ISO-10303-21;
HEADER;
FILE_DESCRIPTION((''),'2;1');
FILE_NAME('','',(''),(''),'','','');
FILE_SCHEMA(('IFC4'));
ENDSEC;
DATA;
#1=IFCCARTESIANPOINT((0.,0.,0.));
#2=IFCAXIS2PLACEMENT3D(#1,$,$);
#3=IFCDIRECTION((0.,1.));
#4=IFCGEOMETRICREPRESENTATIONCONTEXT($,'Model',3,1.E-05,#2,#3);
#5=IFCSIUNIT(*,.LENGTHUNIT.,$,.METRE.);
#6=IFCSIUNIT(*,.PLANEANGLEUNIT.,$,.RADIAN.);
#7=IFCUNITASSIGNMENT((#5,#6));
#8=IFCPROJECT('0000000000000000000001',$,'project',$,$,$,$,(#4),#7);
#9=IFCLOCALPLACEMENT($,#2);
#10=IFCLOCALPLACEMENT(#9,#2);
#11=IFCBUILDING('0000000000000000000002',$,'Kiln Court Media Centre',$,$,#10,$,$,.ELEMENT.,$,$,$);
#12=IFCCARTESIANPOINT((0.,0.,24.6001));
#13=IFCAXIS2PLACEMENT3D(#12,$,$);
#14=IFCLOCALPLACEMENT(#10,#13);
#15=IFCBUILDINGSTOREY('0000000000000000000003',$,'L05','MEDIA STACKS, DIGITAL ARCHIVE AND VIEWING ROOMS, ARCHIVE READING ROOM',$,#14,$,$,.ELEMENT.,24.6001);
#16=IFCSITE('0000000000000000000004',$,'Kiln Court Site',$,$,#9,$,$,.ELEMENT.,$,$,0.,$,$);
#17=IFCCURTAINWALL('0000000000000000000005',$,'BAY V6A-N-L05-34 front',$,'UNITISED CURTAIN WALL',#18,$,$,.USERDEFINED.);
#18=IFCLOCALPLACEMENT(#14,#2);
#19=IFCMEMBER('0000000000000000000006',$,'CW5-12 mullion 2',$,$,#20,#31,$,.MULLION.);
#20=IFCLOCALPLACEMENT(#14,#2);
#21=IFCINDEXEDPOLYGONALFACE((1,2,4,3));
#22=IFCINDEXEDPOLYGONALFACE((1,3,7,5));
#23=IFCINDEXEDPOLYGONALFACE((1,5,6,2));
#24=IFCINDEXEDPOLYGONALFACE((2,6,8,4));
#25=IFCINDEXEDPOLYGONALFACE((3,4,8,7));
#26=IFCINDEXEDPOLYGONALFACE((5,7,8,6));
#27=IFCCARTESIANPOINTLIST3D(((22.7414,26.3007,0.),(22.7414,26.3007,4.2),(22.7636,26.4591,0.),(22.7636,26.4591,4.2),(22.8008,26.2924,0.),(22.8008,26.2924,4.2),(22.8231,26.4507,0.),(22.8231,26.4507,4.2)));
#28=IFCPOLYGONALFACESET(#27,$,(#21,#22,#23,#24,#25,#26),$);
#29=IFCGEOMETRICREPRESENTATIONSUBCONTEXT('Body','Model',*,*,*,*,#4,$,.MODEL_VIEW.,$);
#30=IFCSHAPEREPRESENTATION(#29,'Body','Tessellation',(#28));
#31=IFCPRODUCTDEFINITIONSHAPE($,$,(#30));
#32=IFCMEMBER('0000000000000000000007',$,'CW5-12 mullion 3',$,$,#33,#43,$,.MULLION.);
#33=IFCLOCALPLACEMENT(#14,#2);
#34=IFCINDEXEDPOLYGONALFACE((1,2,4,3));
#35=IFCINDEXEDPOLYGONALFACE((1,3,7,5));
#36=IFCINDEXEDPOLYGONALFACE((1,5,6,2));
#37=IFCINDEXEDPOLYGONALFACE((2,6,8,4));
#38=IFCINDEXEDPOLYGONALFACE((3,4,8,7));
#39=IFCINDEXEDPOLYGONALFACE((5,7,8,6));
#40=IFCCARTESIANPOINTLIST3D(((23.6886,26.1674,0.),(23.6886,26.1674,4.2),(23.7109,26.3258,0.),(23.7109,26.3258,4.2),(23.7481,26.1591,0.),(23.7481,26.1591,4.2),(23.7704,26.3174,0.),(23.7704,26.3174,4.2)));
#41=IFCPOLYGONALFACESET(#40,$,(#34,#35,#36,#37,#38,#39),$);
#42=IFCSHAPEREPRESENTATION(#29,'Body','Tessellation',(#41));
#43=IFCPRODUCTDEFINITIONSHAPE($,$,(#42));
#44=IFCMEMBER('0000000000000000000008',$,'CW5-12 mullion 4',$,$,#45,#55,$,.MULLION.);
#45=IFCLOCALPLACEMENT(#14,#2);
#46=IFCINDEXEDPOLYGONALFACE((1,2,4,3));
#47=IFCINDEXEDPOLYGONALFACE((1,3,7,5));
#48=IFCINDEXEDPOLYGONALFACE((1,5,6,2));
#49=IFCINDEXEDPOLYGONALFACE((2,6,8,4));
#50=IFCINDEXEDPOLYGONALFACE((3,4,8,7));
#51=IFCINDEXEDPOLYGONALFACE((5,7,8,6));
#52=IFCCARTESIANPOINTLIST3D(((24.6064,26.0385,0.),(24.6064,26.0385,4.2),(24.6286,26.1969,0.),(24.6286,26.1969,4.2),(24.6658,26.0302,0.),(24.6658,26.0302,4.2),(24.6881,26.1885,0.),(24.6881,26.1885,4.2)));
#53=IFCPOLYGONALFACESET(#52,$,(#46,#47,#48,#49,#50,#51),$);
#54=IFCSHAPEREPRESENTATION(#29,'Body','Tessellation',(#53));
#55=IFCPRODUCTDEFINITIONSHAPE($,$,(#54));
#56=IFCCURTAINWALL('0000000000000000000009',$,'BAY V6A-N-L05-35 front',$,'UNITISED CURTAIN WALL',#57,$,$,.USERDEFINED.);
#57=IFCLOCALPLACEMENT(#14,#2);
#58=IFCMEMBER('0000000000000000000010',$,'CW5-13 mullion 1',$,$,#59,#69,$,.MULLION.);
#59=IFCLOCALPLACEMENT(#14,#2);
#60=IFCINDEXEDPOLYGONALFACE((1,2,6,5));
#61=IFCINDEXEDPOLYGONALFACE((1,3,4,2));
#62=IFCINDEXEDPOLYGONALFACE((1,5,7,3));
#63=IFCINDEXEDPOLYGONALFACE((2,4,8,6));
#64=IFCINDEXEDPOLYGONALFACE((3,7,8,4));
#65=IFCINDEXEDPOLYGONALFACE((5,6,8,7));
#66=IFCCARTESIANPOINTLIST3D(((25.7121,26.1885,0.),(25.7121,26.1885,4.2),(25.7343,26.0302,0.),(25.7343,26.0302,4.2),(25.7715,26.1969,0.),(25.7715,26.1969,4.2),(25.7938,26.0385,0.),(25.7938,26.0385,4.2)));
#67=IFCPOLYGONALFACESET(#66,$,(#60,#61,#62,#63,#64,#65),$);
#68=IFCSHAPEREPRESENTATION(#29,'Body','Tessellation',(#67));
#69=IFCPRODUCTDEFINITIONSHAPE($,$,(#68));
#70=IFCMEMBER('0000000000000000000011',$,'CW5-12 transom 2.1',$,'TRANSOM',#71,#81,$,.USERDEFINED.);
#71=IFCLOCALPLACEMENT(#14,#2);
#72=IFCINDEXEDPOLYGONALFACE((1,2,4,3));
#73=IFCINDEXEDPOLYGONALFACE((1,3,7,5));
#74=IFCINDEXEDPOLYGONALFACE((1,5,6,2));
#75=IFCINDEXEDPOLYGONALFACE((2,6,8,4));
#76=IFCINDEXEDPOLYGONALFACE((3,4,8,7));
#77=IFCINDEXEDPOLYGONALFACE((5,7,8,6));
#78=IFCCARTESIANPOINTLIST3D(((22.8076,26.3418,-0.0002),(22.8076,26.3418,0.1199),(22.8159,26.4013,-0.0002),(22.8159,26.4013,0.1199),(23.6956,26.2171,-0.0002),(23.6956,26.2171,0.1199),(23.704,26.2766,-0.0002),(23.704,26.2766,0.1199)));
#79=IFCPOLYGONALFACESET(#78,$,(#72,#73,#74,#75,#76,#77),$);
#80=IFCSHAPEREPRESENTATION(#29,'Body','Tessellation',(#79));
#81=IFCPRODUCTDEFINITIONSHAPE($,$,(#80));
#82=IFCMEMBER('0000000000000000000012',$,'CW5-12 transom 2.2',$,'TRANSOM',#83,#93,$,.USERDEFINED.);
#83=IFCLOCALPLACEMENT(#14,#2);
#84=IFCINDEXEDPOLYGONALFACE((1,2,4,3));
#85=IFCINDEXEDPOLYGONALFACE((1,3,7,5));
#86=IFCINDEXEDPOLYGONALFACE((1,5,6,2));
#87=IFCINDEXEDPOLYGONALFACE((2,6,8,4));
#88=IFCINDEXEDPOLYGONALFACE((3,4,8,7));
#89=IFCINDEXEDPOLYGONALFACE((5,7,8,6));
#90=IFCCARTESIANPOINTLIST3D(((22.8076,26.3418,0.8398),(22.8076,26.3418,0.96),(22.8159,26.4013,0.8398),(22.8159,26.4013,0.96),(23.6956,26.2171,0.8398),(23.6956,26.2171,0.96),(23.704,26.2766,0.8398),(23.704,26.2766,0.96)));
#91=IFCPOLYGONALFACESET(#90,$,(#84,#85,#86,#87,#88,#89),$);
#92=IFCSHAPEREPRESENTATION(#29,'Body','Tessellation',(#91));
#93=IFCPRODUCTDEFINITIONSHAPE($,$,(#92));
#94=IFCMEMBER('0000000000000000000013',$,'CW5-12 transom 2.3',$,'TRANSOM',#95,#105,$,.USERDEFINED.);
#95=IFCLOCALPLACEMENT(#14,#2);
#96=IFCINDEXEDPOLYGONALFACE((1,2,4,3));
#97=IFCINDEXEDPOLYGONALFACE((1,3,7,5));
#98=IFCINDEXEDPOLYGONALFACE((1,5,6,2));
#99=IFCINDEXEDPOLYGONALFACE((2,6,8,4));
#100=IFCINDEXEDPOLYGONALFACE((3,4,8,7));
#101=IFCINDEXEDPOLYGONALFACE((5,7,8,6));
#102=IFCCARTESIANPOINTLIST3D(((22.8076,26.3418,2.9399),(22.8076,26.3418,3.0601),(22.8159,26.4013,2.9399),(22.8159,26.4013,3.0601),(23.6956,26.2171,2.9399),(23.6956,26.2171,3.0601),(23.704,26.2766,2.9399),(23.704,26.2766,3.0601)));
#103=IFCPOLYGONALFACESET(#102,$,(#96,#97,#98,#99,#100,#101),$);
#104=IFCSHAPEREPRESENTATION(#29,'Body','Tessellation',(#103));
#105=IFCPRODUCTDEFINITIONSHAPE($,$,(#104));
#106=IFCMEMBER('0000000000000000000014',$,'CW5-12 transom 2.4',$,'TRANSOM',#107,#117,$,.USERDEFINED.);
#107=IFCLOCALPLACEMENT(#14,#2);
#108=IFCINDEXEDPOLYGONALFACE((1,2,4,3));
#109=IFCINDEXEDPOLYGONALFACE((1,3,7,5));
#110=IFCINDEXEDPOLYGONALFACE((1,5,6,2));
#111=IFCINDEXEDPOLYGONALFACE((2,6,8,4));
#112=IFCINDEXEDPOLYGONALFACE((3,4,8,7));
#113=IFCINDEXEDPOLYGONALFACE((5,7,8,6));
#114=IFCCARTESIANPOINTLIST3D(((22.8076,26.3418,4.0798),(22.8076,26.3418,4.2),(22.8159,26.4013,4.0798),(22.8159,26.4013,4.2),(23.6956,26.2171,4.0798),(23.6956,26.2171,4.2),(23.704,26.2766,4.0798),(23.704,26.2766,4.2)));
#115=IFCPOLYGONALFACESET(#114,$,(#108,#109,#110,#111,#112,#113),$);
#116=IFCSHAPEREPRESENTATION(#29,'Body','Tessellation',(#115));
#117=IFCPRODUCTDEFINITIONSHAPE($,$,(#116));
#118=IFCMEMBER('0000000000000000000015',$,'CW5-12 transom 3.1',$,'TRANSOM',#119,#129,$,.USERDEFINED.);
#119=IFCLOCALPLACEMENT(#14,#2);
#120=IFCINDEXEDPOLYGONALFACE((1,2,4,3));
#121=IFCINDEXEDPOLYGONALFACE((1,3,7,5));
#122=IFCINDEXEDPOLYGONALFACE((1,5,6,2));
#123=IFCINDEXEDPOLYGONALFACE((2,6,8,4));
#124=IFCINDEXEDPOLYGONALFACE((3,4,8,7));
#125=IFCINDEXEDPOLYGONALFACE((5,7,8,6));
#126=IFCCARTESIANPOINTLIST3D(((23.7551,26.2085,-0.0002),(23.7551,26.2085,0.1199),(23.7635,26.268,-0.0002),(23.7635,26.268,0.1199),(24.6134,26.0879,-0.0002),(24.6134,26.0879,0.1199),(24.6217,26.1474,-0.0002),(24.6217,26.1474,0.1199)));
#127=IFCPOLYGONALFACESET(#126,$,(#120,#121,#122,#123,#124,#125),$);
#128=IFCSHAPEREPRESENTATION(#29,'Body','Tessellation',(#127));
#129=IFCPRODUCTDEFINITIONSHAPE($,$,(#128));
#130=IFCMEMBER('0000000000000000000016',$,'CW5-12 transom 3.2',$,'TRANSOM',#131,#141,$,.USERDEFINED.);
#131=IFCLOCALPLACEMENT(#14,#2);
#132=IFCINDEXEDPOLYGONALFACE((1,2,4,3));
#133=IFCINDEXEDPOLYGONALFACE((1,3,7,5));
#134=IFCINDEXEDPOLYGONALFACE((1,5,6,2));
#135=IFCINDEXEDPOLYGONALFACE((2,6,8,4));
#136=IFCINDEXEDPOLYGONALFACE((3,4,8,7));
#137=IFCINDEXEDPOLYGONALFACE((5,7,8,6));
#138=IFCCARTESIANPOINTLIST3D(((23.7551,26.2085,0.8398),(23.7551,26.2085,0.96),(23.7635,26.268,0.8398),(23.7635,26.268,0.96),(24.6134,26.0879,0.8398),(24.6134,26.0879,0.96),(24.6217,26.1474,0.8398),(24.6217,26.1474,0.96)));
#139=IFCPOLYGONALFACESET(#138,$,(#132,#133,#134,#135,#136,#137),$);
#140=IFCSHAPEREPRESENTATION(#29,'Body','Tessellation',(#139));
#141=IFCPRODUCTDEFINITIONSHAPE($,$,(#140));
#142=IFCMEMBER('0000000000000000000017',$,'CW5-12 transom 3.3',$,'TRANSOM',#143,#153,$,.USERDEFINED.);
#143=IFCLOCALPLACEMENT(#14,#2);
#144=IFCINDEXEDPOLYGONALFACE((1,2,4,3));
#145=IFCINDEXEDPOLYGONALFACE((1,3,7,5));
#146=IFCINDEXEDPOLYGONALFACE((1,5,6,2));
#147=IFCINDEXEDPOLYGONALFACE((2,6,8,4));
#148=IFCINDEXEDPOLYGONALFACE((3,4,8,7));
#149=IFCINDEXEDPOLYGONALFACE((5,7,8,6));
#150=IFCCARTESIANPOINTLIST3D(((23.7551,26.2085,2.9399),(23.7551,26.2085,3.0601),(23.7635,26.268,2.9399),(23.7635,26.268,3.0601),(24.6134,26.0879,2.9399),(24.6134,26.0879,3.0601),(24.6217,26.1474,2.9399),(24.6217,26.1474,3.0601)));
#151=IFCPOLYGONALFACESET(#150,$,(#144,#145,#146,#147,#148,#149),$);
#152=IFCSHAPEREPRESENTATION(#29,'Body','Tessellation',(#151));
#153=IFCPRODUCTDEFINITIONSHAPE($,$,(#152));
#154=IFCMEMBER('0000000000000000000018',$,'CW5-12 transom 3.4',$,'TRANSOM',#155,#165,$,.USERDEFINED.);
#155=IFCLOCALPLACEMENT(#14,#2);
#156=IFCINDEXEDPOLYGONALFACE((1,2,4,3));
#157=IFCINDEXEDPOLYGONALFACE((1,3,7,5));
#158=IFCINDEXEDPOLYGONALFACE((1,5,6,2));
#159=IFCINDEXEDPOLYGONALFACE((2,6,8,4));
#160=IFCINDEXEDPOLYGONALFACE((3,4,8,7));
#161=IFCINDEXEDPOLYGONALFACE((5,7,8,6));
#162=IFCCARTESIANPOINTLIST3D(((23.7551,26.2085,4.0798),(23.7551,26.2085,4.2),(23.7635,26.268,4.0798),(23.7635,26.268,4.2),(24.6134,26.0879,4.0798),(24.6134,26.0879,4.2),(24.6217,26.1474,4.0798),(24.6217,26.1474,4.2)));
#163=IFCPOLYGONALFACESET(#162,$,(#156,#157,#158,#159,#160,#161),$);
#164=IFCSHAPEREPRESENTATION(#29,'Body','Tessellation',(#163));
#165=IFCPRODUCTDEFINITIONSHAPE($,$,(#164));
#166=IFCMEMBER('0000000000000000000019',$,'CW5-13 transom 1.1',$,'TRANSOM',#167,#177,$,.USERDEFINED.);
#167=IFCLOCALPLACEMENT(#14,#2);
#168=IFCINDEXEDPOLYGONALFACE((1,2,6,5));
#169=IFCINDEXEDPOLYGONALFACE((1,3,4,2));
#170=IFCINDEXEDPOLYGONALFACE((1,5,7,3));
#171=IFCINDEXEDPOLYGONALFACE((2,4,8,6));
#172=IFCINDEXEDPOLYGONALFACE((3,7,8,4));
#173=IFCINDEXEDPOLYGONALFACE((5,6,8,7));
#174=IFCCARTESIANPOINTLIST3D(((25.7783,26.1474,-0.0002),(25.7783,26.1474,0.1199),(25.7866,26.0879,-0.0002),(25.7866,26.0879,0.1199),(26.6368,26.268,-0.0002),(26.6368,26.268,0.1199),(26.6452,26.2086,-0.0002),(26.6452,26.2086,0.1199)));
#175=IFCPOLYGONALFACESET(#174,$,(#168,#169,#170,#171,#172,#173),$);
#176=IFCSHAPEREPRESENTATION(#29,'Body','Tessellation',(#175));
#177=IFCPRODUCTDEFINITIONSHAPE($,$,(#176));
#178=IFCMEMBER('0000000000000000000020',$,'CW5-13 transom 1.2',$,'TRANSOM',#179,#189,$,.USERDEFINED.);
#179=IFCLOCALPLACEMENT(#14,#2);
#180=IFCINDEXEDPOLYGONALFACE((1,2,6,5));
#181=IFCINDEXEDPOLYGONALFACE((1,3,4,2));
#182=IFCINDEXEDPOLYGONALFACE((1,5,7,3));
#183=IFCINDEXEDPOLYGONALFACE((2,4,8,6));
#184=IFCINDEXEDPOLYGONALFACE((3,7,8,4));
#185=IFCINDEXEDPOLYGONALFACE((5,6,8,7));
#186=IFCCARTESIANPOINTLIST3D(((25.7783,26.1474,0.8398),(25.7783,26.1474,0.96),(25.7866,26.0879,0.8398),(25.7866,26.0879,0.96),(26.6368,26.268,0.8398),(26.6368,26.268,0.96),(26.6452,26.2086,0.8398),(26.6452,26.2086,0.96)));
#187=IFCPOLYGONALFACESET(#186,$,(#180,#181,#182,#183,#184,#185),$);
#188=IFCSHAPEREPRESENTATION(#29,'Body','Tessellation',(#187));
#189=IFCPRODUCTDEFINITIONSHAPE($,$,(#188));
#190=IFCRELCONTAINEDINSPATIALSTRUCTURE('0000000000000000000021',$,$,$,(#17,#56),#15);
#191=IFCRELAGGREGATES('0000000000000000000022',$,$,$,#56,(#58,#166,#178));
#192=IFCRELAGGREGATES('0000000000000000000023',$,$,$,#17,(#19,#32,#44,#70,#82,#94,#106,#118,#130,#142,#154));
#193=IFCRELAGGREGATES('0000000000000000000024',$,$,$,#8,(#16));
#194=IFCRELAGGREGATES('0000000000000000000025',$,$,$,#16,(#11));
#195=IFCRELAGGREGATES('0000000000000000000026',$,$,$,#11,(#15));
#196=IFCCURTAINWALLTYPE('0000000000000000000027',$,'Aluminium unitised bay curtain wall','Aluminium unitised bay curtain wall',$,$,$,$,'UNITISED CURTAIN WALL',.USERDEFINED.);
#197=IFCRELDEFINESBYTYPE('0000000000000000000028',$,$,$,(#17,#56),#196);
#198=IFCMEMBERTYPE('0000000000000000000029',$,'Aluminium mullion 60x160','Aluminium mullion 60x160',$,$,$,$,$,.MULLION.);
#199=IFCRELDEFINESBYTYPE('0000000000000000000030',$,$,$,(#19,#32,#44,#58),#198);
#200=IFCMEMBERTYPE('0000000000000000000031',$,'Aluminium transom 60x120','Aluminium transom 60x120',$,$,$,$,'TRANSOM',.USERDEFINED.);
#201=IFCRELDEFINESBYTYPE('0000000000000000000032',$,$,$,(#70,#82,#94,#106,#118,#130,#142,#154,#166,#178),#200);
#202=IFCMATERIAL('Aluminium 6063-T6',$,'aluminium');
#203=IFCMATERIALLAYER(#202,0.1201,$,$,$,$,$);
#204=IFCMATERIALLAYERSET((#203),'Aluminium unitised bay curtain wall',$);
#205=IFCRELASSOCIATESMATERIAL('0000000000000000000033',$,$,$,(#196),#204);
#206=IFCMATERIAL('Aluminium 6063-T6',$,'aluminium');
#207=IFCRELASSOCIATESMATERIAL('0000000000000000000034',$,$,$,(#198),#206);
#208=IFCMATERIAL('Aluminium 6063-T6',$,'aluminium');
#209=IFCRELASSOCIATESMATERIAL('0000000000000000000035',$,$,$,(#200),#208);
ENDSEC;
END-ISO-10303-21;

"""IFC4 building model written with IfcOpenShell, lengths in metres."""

from ifc_helpers import new_model, si_unit, direction, frame, origin, origin_2d, place, context, subcontext, project, spatial, rectangle, extrude, material, layer, layer_set, material_profile, profile_set, type_object, element, aggregate, save


model = new_model("IFC4")

# Units and contexts
model_context = context("Model", 3, precision=1e-05, world=origin(), true_north=direction((0.0, 1.0)))
body_context = subcontext(model_context, "Body", "Model", "MODEL_VIEW")
ifc_project = project(units=[si_unit("LENGTHUNIT", "METRE"), si_unit("PLANEANGLEUNIT", "RADIAN")], contexts=[model_context])

# Site, building, storey
site_placement = place(None, origin())
site = spatial("IfcSite", under=ifc_project, at=site_placement, Name="Kiln Court Site", CompositionType="ELEMENT", RefElevation=0.0)
building_placement = place(site_placement, origin())
building = spatial("IfcBuilding", under=site, at=building_placement, Name="Kiln Court Media Centre", CompositionType="ELEMENT")
storey_placement = place(building_placement, frame((0.0, 0.0, 24.6001)))
storey = spatial("IfcBuildingStorey", under=building, at=storey_placement, Name="L05", Description="MEDIA STACKS, DIGITAL ARCHIVE AND VIEWING ROOMS, ARCHIVE READING ROOM", CompositionType="ELEMENT", Elevation=24.6001)

# Curtain wall, members
ifc_material_1 = material(Name="Aluminium 6063-T6", Category="aluminium")
ifc_layer_1 = layer(ifc_material_1, 0.1201)
ifc_layer_set_1 = layer_set([ifc_layer_1], Name="Aluminium unitised bay curtain wall")
curtain_wall_type = type_object("IfcCurtainWallType", Name="Aluminium unitised bay curtain wall", Description="Aluminium unitised bay curtain wall", ElementType="UNITISED CURTAIN WALL", PredefinedType="USERDEFINED", material=ifc_layer_set_1)
curtain_wall_1_placement = place(storey_placement, origin())
curtain_wall_1 = element("IfcCurtainWall", 1, at=curtain_wall_1_placement, inside=storey, type_object=curtain_wall_type, Name="BAY V6A-N-L05-34 front", ObjectType="UNITISED CURTAIN WALL", PredefinedType="USERDEFINED")
ifc_material_2 = material(Name="Aluminium 6063-T6", Category="aluminium")
ifc_material_profile_1 = material_profile(ifc_material_2, rectangle(XDim=0.0601, YDim=0.1599, at=origin_2d()), Name="Aluminium mullion 60x160")
ifc_profile_set_1 = profile_set([ifc_material_profile_1], Name="Aluminium 6063-T6")
member_type_1 = type_object("IfcMemberType", Name="Aluminium mullion 60x160", Description="Aluminium mullion 60x160", PredefinedType="MULLION", material=ifc_profile_set_1)
member_1_placement = place(storey_placement, frame((22.7822, 26.3757, 0.0), z_axis=(0.0, 0.0, 1.0), x_axis=(0.99027, -0.139162, 0.0)))
member_1 = element("IfcMember", 2, at=member_1_placement, type_object=member_type_1, Name="CW5-12 mullion 2", PredefinedType="MULLION", context=body_context, shape_type="SweptSolid", body=[
    extrude(rectangle(XDim=0.0601, YDim=0.1599, at=origin_2d()), origin(), (0.0, 0.0, 1.0), 4.2),
])
member_2_placement = place(storey_placement, frame((23.7295, 26.2424, 0.0), z_axis=(0.0, 0.0, 1.0), x_axis=(0.99027, -0.139162, 0.0)))
member_2 = element("IfcMember", 3, at=member_2_placement, type_object=member_type_1, Name="CW5-12 mullion 3", PredefinedType="MULLION", context=body_context, shape_type="SweptSolid", body=[
    extrude(rectangle(XDim=0.0601, YDim=0.1599, at=origin_2d()), origin(), (0.0, 0.0, 1.0), 4.2),
])
member_3_placement = place(storey_placement, frame((24.6472, 26.1135, 0.0), z_axis=(0.0, 0.0, 1.0), x_axis=(0.99027, -0.139162, 0.0)))
member_3 = element("IfcMember", 4, at=member_3_placement, type_object=member_type_1, Name="CW5-12 mullion 4", PredefinedType="MULLION", context=body_context, shape_type="SweptSolid", body=[
    extrude(rectangle(XDim=0.0601, YDim=0.1599, at=origin_2d()), origin(), (0.0, 0.0, 1.0), 4.2),
])

# Curtain wall, member
curtain_wall_2_placement = place(storey_placement, origin())
curtain_wall_2 = element("IfcCurtainWall", 5, at=curtain_wall_2_placement, inside=storey, type_object=curtain_wall_type, Name="BAY V6A-N-L05-35 front", ObjectType="UNITISED CURTAIN WALL", PredefinedType="USERDEFINED")
member_4_placement = place(storey_placement, frame((25.7529, 26.1135, 0.0), z_axis=(0.0, 0.0, 1.0), x_axis=(0.99027, 0.139162, 0.0)))
member_4 = element("IfcMember", 6, at=member_4_placement, type_object=member_type_1, Name="CW5-13 mullion 1", PredefinedType="MULLION", context=body_context, shape_type="SweptSolid", body=[
    extrude(rectangle(XDim=0.0601, YDim=0.1599, at=origin_2d()), origin(), (0.0, 0.0, 1.0), 4.2),
])

# Members
ifc_material_3 = material(Name="Aluminium 6063-T6", Category="aluminium")
ifc_material_profile_2 = material_profile(ifc_material_3, rectangle(XDim=0.0601, YDim=0.1201, at=origin_2d()), Name="Aluminium transom 60x120")
ifc_profile_set_2 = profile_set([ifc_material_profile_2], Name="Aluminium 6063-T6")
member_type_2 = type_object("IfcMemberType", Name="Aluminium transom 60x120", Description="Aluminium transom 60x120", ElementType="TRANSOM", PredefinedType="USERDEFINED", material=ifc_profile_set_2)
member_5_placement = place(storey_placement, frame((22.8118, 26.3716, 0.0598), z_axis=(0.990274, -0.139134, 0.0), x_axis=(0.139134, 0.990274, 0.0)))
member_5 = element("IfcMember", 7, at=member_5_placement, type_object=member_type_2, Name="CW5-12 transom 2.1", ObjectType="TRANSOM", PredefinedType="USERDEFINED", context=body_context, shape_type="SweptSolid", body=[
    extrude(rectangle(XDim=0.0601, YDim=0.1201, at=origin_2d()), origin(), (0.0, 0.0, 1.0), 0.8967),
])
member_6_placement = place(storey_placement, frame((22.8118, 26.3716, 0.8999), z_axis=(0.990274, -0.139134, 0.0), x_axis=(0.139134, 0.990274, 0.0)))
member_6 = element("IfcMember", 8, at=member_6_placement, type_object=member_type_2, Name="CW5-12 transom 2.2", ObjectType="TRANSOM", PredefinedType="USERDEFINED", context=body_context, shape_type="SweptSolid", body=[
    extrude(rectangle(XDim=0.0601, YDim=0.1201, at=origin_2d()), origin(), (0.0, 0.0, 1.0), 0.8967),
])
member_7_placement = place(storey_placement, frame((22.8118, 26.3716, 3.0), z_axis=(0.990274, -0.139134, 0.0), x_axis=(0.139134, 0.990274, 0.0)))
member_7 = element("IfcMember", 9, at=member_7_placement, type_object=member_type_2, Name="CW5-12 transom 2.3", ObjectType="TRANSOM", PredefinedType="USERDEFINED", context=body_context, shape_type="SweptSolid", body=[
    extrude(rectangle(XDim=0.0601, YDim=0.1201, at=origin_2d()), origin(), (0.0, 0.0, 1.0), 0.8967),
])
member_8_placement = place(storey_placement, frame((22.8118, 26.3716, 4.1399), z_axis=(0.990274, -0.139134, 0.0), x_axis=(0.139134, 0.990274, 0.0)))
member_8 = element("IfcMember", 10, at=member_8_placement, type_object=member_type_2, Name="CW5-12 transom 2.4", ObjectType="TRANSOM", PredefinedType="USERDEFINED", context=body_context, shape_type="SweptSolid", body=[
    extrude(rectangle(XDim=0.0601, YDim=0.1201, at=origin_2d()), origin(), (0.0, 0.0, 1.0), 0.8967),
])
member_9_placement = place(storey_placement, frame((23.7593, 26.2383, 0.0598), z_axis=(0.990268, -0.139173, 0.0), x_axis=(0.139173, 0.990268, 0.0)))
member_9 = element("IfcMember", 11, at=member_9_placement, type_object=member_type_2, Name="CW5-12 transom 3.1", ObjectType="TRANSOM", PredefinedType="USERDEFINED", context=body_context, shape_type="SweptSolid", body=[
    extrude(rectangle(XDim=0.0601, YDim=0.1201, at=origin_2d()), origin(), (0.0, 0.0, 1.0), 0.8667),
])
member_10_placement = place(storey_placement, frame((23.7593, 26.2383, 0.8999), z_axis=(0.990268, -0.139173, 0.0), x_axis=(0.139173, 0.990268, 0.0)))
member_10 = element("IfcMember", 12, at=member_10_placement, type_object=member_type_2, Name="CW5-12 transom 3.2", ObjectType="TRANSOM", PredefinedType="USERDEFINED", context=body_context, shape_type="SweptSolid", body=[
    extrude(rectangle(XDim=0.0601, YDim=0.1201, at=origin_2d()), origin(), (0.0, 0.0, 1.0), 0.8667),
])
member_11_placement = place(storey_placement, frame((23.7593, 26.2383, 3.0), z_axis=(0.990268, -0.139173, 0.0), x_axis=(0.139173, 0.990268, 0.0)))
member_11 = element("IfcMember", 13, at=member_11_placement, type_object=member_type_2, Name="CW5-12 transom 3.3", ObjectType="TRANSOM", PredefinedType="USERDEFINED", context=body_context, shape_type="SweptSolid", body=[
    extrude(rectangle(XDim=0.0601, YDim=0.1201, at=origin_2d()), origin(), (0.0, 0.0, 1.0), 0.8667),
])
member_12_placement = place(storey_placement, frame((23.7593, 26.2383, 4.1399), z_axis=(0.990268, -0.139173, 0.0), x_axis=(0.139173, 0.990268, 0.0)))
member_12 = element("IfcMember", 14, at=member_12_placement, type_object=member_type_2, Name="CW5-12 transom 3.4", ObjectType="TRANSOM", PredefinedType="USERDEFINED", context=body_context, shape_type="SweptSolid", body=[
    extrude(rectangle(XDim=0.0601, YDim=0.1201, at=origin_2d()), origin(), (0.0, 0.0, 1.0), 0.8667),
])
member_13_placement = place(storey_placement, frame((25.7825, 26.1177, 0.0598), z_axis=(0.990274, 0.139134, 0.0), x_axis=(-0.139134, 0.990274, 0.0)))
member_13 = element("IfcMember", 15, at=member_13_placement, type_object=member_type_2, Name="CW5-13 transom 1.1", ObjectType="TRANSOM", PredefinedType="USERDEFINED", context=body_context, shape_type="SweptSolid", body=[
    extrude(rectangle(XDim=0.0601, YDim=0.1201, at=origin_2d()), origin(), (0.0, 0.0, 1.0), 0.8669),
])
member_14_placement = place(storey_placement, frame((25.7825, 26.1177, 0.8999), z_axis=(0.990274, 0.139134, 0.0), x_axis=(-0.139134, 0.990274, 0.0)))
member_14 = element("IfcMember", 16, at=member_14_placement, type_object=member_type_2, Name="CW5-13 transom 1.2", ObjectType="TRANSOM", PredefinedType="USERDEFINED", context=body_context, shape_type="SweptSolid", body=[
    extrude(rectangle(XDim=0.0601, YDim=0.1201, at=origin_2d()), origin(), (0.0, 0.0, 1.0), 0.8669),
])
aggregate(curtain_wall_2, [member_4, member_13, member_14])

aggregate(curtain_wall_1, [member_1, member_2, member_3, member_5, member_6, member_7, member_8, member_9, member_10, member_11, member_12])

save(model, "model.ifc")
